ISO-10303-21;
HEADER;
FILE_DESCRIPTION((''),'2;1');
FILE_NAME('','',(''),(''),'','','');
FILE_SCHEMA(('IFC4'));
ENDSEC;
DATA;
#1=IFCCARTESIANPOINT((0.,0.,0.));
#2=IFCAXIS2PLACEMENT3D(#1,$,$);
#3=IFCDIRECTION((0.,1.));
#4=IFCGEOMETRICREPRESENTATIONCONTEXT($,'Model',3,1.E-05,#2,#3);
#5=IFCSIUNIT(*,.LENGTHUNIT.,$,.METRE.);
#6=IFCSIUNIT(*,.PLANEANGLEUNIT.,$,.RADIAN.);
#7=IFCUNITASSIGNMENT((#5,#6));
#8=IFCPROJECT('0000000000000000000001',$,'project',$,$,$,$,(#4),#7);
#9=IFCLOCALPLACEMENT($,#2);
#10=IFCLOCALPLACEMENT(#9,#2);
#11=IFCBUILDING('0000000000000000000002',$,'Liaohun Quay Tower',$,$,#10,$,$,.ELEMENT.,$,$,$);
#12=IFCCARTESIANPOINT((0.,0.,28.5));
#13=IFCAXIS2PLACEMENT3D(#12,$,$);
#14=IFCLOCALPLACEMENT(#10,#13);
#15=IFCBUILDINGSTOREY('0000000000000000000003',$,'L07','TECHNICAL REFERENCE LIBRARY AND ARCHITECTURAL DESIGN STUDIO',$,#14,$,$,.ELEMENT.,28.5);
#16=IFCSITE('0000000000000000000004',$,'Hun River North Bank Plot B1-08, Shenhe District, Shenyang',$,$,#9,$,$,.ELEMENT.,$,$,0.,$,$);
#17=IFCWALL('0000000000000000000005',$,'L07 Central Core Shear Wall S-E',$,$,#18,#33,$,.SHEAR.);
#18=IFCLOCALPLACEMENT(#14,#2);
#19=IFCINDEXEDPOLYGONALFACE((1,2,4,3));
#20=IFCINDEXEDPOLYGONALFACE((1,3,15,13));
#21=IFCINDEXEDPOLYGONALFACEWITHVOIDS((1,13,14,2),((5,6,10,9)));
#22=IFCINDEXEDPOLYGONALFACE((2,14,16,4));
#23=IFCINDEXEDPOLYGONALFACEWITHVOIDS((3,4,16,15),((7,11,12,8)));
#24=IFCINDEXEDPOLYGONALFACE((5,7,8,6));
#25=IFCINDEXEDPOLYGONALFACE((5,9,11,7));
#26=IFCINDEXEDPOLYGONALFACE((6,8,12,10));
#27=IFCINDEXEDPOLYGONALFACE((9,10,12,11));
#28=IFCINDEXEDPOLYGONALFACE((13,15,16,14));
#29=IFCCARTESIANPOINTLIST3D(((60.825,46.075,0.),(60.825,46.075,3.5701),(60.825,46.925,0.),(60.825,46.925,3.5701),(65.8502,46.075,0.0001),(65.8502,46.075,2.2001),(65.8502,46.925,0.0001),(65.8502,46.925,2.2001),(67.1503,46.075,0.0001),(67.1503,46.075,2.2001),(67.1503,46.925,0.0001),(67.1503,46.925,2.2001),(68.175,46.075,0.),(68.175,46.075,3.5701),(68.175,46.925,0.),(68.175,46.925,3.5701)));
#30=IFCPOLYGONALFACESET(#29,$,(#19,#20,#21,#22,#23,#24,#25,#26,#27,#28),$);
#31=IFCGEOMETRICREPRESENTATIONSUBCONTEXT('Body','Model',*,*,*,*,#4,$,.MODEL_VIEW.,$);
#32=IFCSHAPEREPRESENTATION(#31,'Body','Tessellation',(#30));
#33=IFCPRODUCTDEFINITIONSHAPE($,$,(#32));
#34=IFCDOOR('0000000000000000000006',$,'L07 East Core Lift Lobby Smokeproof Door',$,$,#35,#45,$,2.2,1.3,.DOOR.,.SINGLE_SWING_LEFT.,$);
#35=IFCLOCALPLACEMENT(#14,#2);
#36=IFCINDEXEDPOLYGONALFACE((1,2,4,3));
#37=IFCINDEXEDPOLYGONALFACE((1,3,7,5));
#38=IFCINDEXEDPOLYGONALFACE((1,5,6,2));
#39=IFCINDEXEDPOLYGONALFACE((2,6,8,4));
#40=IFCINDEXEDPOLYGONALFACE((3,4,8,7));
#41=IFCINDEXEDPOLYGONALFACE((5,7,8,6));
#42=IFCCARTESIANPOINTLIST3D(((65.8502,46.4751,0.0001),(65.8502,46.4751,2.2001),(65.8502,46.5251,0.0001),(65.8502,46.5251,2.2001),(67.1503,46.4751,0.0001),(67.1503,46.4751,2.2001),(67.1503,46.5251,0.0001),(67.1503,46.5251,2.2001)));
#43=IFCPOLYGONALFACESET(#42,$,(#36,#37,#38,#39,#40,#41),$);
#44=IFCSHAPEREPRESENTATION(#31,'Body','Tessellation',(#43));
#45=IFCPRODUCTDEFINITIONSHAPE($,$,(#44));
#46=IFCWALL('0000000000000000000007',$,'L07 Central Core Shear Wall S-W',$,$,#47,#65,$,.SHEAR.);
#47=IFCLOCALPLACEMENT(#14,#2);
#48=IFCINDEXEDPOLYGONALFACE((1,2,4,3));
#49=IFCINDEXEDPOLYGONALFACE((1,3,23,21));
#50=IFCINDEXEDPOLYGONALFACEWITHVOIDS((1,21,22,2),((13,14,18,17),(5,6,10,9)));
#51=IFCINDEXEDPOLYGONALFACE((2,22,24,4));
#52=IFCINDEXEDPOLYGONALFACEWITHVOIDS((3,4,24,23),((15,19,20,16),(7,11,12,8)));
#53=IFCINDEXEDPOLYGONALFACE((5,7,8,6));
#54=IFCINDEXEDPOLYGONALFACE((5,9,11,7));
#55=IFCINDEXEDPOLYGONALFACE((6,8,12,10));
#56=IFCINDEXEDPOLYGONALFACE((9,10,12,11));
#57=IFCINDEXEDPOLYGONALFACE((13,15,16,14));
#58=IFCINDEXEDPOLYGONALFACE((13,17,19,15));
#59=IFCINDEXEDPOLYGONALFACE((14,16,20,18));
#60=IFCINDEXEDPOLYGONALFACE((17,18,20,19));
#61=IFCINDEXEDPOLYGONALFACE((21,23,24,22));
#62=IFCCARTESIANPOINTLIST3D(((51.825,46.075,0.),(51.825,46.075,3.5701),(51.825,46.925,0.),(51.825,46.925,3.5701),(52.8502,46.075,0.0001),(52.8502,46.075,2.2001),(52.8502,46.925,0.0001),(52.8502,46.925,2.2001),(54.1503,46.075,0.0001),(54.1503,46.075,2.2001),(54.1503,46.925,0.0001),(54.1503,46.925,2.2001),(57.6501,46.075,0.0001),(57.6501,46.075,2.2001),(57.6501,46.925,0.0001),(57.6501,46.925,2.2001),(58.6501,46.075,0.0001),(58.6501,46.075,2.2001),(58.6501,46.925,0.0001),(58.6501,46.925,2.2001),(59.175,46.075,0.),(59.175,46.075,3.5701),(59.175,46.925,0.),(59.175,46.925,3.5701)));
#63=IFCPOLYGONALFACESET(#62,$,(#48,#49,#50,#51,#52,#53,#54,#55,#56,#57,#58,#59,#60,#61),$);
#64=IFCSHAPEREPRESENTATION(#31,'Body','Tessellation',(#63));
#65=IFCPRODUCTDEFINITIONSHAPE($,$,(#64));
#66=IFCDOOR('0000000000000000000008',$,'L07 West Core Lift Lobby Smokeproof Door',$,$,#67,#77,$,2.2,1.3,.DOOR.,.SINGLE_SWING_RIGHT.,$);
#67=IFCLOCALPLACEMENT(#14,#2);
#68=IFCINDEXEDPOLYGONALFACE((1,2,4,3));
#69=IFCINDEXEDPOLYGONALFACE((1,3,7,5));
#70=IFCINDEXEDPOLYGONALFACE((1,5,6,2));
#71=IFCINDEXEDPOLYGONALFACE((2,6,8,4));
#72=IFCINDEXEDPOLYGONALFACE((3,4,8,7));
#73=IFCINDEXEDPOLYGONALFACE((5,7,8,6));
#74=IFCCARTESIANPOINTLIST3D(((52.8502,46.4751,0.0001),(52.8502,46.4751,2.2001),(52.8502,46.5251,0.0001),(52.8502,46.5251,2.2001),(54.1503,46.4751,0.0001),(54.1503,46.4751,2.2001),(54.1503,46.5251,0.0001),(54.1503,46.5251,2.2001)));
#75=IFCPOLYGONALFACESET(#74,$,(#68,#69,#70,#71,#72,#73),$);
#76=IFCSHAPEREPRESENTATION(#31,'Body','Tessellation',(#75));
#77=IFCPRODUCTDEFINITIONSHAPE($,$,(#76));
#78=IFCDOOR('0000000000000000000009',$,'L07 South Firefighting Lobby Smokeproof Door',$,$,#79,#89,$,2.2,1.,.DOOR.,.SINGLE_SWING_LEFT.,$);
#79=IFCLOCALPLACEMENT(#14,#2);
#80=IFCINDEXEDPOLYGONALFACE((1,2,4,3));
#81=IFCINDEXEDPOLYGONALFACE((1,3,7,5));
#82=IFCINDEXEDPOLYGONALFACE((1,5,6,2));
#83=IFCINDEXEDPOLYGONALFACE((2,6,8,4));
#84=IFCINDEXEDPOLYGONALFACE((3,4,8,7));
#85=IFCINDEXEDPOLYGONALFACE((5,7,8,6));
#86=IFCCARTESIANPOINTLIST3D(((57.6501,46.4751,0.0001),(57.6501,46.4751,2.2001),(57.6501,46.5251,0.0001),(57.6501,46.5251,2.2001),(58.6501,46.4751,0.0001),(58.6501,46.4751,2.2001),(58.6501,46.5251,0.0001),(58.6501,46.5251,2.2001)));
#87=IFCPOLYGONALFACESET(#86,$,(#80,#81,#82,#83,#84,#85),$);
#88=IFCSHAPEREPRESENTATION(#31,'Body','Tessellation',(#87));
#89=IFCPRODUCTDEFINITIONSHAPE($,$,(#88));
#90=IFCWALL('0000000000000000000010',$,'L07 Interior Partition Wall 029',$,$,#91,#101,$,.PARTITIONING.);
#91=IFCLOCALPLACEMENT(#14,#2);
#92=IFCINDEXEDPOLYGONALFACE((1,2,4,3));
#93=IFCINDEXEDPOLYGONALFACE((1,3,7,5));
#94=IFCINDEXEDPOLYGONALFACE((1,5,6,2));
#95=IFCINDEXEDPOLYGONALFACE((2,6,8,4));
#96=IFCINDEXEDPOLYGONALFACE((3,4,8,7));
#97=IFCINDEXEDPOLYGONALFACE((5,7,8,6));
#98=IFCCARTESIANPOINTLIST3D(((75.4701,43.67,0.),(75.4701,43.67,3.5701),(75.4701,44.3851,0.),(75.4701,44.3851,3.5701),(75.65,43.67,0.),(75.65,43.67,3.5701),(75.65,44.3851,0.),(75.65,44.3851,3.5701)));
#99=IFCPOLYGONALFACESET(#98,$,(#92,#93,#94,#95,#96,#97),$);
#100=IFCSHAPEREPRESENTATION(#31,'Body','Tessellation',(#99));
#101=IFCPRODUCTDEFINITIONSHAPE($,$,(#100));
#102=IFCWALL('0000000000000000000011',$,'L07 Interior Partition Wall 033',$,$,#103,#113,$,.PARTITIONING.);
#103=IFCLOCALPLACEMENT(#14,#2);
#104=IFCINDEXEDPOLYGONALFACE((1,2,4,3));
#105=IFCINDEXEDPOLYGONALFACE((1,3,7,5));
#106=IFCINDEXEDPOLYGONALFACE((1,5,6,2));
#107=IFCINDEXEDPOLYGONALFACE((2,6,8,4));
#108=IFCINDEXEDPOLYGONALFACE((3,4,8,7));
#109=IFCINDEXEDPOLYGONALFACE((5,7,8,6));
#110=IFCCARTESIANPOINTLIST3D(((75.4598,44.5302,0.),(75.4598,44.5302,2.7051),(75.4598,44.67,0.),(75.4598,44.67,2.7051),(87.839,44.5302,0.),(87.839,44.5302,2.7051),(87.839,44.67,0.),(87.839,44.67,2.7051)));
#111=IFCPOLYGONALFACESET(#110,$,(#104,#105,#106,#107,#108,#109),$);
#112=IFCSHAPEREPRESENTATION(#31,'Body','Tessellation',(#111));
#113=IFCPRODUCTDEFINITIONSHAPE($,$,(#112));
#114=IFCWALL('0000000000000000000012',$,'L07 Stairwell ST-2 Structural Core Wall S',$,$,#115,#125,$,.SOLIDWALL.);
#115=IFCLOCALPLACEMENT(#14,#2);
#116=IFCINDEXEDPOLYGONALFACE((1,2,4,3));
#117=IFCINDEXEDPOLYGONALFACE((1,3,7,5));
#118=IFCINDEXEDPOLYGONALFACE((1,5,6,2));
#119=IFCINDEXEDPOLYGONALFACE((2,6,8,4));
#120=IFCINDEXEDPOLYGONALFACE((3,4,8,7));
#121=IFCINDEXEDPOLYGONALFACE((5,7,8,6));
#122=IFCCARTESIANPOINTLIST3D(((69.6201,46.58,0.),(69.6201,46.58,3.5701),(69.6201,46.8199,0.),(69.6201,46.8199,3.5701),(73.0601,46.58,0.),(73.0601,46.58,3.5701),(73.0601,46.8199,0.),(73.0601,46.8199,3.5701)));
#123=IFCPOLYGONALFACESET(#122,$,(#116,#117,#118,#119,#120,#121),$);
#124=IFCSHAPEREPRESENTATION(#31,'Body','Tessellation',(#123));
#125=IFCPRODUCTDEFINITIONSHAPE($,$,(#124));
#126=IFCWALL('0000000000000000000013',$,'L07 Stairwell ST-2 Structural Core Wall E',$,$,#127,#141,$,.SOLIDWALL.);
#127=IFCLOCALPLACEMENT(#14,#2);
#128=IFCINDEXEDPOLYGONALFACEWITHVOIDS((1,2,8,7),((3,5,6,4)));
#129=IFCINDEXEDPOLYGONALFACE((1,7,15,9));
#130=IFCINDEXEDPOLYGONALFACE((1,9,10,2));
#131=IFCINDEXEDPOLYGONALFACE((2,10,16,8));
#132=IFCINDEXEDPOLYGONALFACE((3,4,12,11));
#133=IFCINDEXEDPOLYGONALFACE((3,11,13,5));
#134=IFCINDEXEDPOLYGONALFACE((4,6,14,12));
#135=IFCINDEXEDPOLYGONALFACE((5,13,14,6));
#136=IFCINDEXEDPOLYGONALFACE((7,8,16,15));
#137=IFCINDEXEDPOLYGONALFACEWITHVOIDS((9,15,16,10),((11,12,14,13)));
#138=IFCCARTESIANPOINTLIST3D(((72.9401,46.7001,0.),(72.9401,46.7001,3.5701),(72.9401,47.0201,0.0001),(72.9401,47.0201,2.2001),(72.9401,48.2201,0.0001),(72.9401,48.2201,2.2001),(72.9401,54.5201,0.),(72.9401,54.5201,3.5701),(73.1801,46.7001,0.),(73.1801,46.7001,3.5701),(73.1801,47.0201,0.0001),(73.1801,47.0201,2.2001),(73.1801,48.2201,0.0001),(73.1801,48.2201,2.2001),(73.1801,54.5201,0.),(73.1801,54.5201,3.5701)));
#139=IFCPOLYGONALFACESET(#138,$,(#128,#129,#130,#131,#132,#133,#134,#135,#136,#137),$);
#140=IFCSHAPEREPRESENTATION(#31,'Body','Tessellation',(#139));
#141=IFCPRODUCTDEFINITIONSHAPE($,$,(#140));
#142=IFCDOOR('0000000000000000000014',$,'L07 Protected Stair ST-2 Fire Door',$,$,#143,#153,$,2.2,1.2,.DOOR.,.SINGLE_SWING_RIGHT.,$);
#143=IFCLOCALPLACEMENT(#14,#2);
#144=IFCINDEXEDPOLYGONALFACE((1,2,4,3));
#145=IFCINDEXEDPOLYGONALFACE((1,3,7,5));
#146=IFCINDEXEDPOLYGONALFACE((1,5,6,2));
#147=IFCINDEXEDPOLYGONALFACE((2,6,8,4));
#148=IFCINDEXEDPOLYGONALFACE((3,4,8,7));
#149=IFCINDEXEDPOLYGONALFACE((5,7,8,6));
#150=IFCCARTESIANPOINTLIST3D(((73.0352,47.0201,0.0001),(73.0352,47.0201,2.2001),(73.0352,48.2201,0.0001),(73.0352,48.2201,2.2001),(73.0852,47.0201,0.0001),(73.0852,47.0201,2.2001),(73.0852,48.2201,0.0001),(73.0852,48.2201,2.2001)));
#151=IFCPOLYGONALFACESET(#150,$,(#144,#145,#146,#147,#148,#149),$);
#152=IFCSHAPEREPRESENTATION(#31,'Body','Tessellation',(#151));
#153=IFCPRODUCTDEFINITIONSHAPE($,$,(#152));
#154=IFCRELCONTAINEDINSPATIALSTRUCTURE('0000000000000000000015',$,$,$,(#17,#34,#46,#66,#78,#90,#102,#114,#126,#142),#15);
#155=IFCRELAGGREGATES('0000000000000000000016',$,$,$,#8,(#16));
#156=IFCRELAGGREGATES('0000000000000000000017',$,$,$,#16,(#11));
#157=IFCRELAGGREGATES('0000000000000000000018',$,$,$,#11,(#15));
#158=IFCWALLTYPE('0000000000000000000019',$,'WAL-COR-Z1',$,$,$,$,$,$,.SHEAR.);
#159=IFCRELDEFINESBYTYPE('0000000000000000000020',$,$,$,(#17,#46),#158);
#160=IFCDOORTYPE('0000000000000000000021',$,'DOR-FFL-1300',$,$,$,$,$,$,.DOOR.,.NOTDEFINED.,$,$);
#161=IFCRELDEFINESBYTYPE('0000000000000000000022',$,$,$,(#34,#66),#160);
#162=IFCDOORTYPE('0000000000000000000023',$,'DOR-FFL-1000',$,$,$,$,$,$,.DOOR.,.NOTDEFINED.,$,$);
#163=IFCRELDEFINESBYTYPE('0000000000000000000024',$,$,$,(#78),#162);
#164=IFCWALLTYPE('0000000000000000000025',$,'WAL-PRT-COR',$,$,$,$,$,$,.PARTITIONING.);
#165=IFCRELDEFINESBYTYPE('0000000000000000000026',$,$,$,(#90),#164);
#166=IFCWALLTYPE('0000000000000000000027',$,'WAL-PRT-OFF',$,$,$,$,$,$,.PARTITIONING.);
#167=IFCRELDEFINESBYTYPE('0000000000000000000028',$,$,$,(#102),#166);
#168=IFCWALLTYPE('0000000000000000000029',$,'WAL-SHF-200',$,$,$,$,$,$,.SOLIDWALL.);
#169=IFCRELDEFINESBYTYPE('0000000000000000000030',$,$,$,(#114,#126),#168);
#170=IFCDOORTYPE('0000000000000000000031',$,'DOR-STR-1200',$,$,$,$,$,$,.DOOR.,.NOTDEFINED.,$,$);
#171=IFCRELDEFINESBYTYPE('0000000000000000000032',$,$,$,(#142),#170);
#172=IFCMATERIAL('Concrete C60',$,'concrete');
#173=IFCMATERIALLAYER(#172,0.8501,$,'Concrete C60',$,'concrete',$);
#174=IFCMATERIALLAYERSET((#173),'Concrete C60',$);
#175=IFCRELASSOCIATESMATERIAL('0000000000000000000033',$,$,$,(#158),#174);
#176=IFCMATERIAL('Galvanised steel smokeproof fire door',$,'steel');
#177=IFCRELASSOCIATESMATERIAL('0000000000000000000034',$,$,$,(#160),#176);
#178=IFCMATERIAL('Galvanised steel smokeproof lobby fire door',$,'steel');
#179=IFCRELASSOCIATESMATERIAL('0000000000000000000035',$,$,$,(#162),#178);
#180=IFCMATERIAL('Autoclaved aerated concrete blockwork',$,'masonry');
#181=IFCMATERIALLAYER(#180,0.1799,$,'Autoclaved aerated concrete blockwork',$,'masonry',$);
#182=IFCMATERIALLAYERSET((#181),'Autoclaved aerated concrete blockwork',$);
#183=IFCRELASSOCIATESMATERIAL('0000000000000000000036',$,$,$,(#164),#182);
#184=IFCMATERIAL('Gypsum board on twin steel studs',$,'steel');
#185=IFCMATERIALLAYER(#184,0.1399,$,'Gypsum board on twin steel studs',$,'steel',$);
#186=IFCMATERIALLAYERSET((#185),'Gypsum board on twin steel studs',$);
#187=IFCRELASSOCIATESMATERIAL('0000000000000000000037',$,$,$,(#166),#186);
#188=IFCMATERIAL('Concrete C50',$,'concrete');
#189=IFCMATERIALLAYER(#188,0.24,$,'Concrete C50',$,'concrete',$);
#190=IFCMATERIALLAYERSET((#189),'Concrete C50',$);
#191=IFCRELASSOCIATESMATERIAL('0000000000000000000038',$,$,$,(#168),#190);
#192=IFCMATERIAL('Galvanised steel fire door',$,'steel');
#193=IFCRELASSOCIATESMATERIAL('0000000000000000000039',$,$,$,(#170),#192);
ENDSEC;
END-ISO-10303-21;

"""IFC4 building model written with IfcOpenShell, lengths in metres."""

from ifc_helpers import new_model, si_unit, direction, frame, frame_2d, origin, place, context, subcontext, project, spatial, rectangle, extrude, source, transform, mapped, material, layer, layer_set, type_object, element, fill, save


model = new_model("IFC4")

# Units and contexts
model_context = context("Model", 3, precision=1e-05, world=origin(), true_north=direction((0.0, 1.0)))
body_context = subcontext(model_context, "Body", "Model", "MODEL_VIEW")
ifc_project = project(units=[si_unit("LENGTHUNIT", "METRE"), si_unit("PLANEANGLEUNIT", "RADIAN")], contexts=[model_context])

# Site, building, storey
site_placement = place(None, origin())
site = spatial("IfcSite", under=ifc_project, at=site_placement, Name="Hun River North Bank Plot B1-08, Shenhe District, Shenyang", CompositionType="ELEMENT", RefElevation=0.0)
building_placement = place(site_placement, origin())
building = spatial("IfcBuilding", under=site, at=building_placement, Name="Liaohun Quay Tower", CompositionType="ELEMENT")
storey_placement = place(building_placement, frame((0.0, 0.0, 28.5)))
storey = spatial("IfcBuildingStorey", under=building, at=storey_placement, Name="L07", Description="TECHNICAL REFERENCE LIBRARY AND ARCHITECTURAL DESIGN STUDIO", CompositionType="ELEMENT", Elevation=28.5)

# Shared definitions
ifc_material_1 = material(Name="Concrete C60", Category="concrete")

# Wall, opening, door
ifc_layer_1 = layer(ifc_material_1, 0.8501, Name="Concrete C60", Category="concrete")
ifc_layer_set_1 = layer_set([ifc_layer_1], Name="Concrete C60")
wall_type_1 = type_object("IfcWallType", Name="WAL-COR-Z1", PredefinedType="SHEAR", material=ifc_layer_set_1)
wall_1_placement = place(storey_placement, frame((68.175, 46.5, 0.0), z_axis=(0.0, 0.0, 1.0), x_axis=(-1.0, 0.0, 0.0)))
wall_1 = element("IfcWall", 1, at=wall_1_placement, inside=storey, type_object=wall_type_1, Name="L07 Central Core Shear Wall S-E", PredefinedType="SHEAR", context=body_context, shape_type="SweptSolid", body=[
    extrude(rectangle(XDim=7.3501, YDim=0.8501, at=frame_2d((3.675, 0.0))), origin(), (0.0, 0.0, 1.0), 3.5701),
])
shared_shape_1 = source(origin(), body_context, "Body", "SweptSolid", [
    extrude(rectangle(XDim=1.3, YDim=2.2, at=frame_2d((0.6499, 1.1001))), frame((0.0, 0.4351, 0.0), z_axis=(0.0, -1.0, 0.0), x_axis=(1.0, 0.0, 0.0)), (0.0, 0.0, 1.0), 0.8701),
])
opening_1_placement = place(wall_1_placement, frame((1.0249, 0.0, 0.0)))
opening_1 = element("IfcOpeningElement", 2, at=opening_1_placement, cuts=wall_1, PredefinedType="OPENING", context=body_context, shape_type="MappedRepresentation", body=[
    mapped(shared_shape_1, transform((0.0, 0.0, 0.0), x_axis=(1.0, 0.0, 0.0), y_axis=(0.0, 1.0, 0.0), z_axis=(0.0, 0.0, 1.0), scale=1.0)),
])
ifc_material_2 = material(Name="Galvanised steel smokeproof fire door", Category="steel")
door_type_1 = type_object("IfcDoorType", Name="DOR-FFL-1300", OperationType="NOTDEFINED", PredefinedType="DOOR", material=ifc_material_2)
shared_shape_2 = source(origin(), body_context, "Body", "SweptSolid", [
    extrude(rectangle(XDim=1.3, YDim=2.2, at=frame_2d((0.6499, 1.1001))), frame((0.0, 0.0249, 0.0), z_axis=(0.0, -1.0, 0.0), x_axis=(1.0, 0.0, 0.0)), (0.0, 0.0, 1.0), 0.05),
])
door_1_placement = place(opening_1_placement, origin())
door_1 = element("IfcDoor", 3, at=door_1_placement, inside=storey, type_object=door_type_1, Name="L07 East Core Lift Lobby Smokeproof Door", OperationType="SINGLE_SWING_LEFT", OverallHeight=2.2, OverallWidth=1.3, PredefinedType="DOOR", context=body_context, shape_type="MappedRepresentation", body=[
    mapped(shared_shape_2, transform((0.0, 0.0, 0.0), x_axis=(1.0, 0.0, 0.0), y_axis=(0.0, 1.0, 0.0), z_axis=(0.0, 0.0, 1.0), scale=1.0)),
])
fill(opening_1, door_1)

# Wall, openings, doors
wall_2_placement = place(storey_placement, frame((59.175, 46.5, 0.0), z_axis=(0.0, 0.0, 1.0), x_axis=(-1.0, 0.0, 0.0)))
wall_2 = element("IfcWall", 4, at=wall_2_placement, inside=storey, type_object=wall_type_1, Name="L07 Central Core Shear Wall S-W", PredefinedType="SHEAR", context=body_context, shape_type="SweptSolid", body=[
    extrude(rectangle(XDim=7.3501, YDim=0.8501, at=frame_2d((3.675, 0.0))), origin(), (0.0, 0.0, 1.0), 3.5701),
])
opening_2_placement = place(wall_2_placement, frame((5.0249, 0.0, 0.0)))
opening_2 = element("IfcOpeningElement", 5, at=opening_2_placement, cuts=wall_2, PredefinedType="OPENING", context=body_context, shape_type="MappedRepresentation", body=[
    mapped(shared_shape_1, transform((0.0, 0.0, 0.0), x_axis=(1.0, 0.0, 0.0), y_axis=(0.0, 1.0, 0.0), z_axis=(0.0, 0.0, 1.0), scale=1.0)),
])
shared_shape_3 = source(origin(), body_context, "Body", "SweptSolid", [
    extrude(rectangle(XDim=1.0, YDim=2.2, at=frame_2d((0.5, 1.1001))), frame((0.0, 0.4351, 0.0), z_axis=(0.0, -1.0, 0.0), x_axis=(1.0, 0.0, 0.0)), (0.0, 0.0, 1.0), 0.8701),
])
opening_3_placement = place(wall_2_placement, frame((0.5249, 0.0, 0.0)))
opening_3 = element("IfcOpeningElement", 6, at=opening_3_placement, cuts=wall_2, PredefinedType="OPENING", context=body_context, shape_type="MappedRepresentation", body=[
    mapped(shared_shape_3, transform((0.0, 0.0, 0.0), x_axis=(1.0, 0.0, 0.0), y_axis=(0.0, 1.0, 0.0), z_axis=(0.0, 0.0, 1.0), scale=1.0)),
])
door_2_placement = place(opening_2_placement, origin())
door_2 = element("IfcDoor", 7, at=door_2_placement, inside=storey, type_object=door_type_1, Name="L07 West Core Lift Lobby Smokeproof Door", OperationType="SINGLE_SWING_RIGHT", OverallHeight=2.2, OverallWidth=1.3, PredefinedType="DOOR", context=body_context, shape_type="MappedRepresentation", body=[
    mapped(shared_shape_2, transform((0.0, 0.0, 0.0), x_axis=(1.0, 0.0, 0.0), y_axis=(0.0, 1.0, 0.0), z_axis=(0.0, 0.0, 1.0), scale=1.0)),
])
fill(opening_2, door_2)
ifc_material_3 = material(Name="Galvanised steel smokeproof lobby fire door", Category="steel")
door_type_2 = type_object("IfcDoorType", Name="DOR-FFL-1000", OperationType="NOTDEFINED", PredefinedType="DOOR", material=ifc_material_3)
shared_shape_4 = source(origin(), body_context, "Body", "SweptSolid", [
    extrude(rectangle(XDim=1.0, YDim=2.2, at=frame_2d((0.5, 1.1001))), frame((0.0, 0.0249, 0.0), z_axis=(0.0, -1.0, 0.0), x_axis=(1.0, 0.0, 0.0)), (0.0, 0.0, 1.0), 0.05),
])
door_3_placement = place(opening_3_placement, origin())
door_3 = element("IfcDoor", 8, at=door_3_placement, inside=storey, type_object=door_type_2, Name="L07 South Firefighting Lobby Smokeproof Door", OperationType="SINGLE_SWING_LEFT", OverallHeight=2.2, OverallWidth=1.0, PredefinedType="DOOR", context=body_context, shape_type="MappedRepresentation", body=[
    mapped(shared_shape_4, transform((0.0, 0.0, 0.0), x_axis=(1.0, 0.0, 0.0), y_axis=(0.0, 1.0, 0.0), z_axis=(0.0, 0.0, 1.0), scale=1.0)),
])
fill(opening_3, door_3)

# Walls
ifc_material_4 = material(Name="Autoclaved aerated concrete blockwork", Category="masonry")
ifc_layer_2 = layer(ifc_material_4, 0.1799, Name="Autoclaved aerated concrete blockwork", Category="masonry")
ifc_layer_set_2 = layer_set([ifc_layer_2], Name="Autoclaved aerated concrete blockwork")
wall_type_2 = type_object("IfcWallType", Name="WAL-PRT-COR", PredefinedType="PARTITIONING", material=ifc_layer_set_2)
wall_3_placement = place(storey_placement, frame((75.5601, 44.385, 0.0), z_axis=(0.0, 0.0, 1.0), x_axis=(0.0, -1.0, 0.0)))
element("IfcWall", 9, at=wall_3_placement, inside=storey, type_object=wall_type_2, Name="L07 Interior Partition Wall 029", PredefinedType="PARTITIONING", context=body_context, shape_type="SweptSolid", body=[
    extrude(rectangle(XDim=0.7151, YDim=0.1799, at=frame_2d((0.3574, 0.0))), origin(), (0.0, 0.0, 1.0), 3.5701),
])
ifc_material_5 = material(Name="Gypsum board on twin steel studs", Category="steel")
ifc_layer_3 = layer(ifc_material_5, 0.1399, Name="Gypsum board on twin steel studs", Category="steel")
ifc_layer_set_3 = layer_set([ifc_layer_3], Name="Gypsum board on twin steel studs")
wall_type_3 = type_object("IfcWallType", Name="WAL-PRT-OFF", PredefinedType="PARTITIONING", material=ifc_layer_set_3)
wall_4_placement = place(storey_placement, frame((75.46, 44.6001, 0.0), z_axis=(0.0, 0.0, 1.0), x_axis=(1.0, 0.0, 0.0)))
element("IfcWall", 10, at=wall_4_placement, inside=storey, type_object=wall_type_3, Name="L07 Interior Partition Wall 033", PredefinedType="PARTITIONING", context=body_context, shape_type="SweptSolid", body=[
    extrude(rectangle(XDim=12.3792, YDim=0.1399, at=frame_2d((6.1895, 0.0))), origin(), (0.0, 0.0, 1.0), 2.7051),
])
ifc_material_6 = material(Name="Concrete C50", Category="concrete")
ifc_layer_4 = layer(ifc_material_6, 0.24, Name="Concrete C50", Category="concrete")
ifc_layer_set_4 = layer_set([ifc_layer_4], Name="Concrete C50")
wall_type_4 = type_object("IfcWallType", Name="WAL-SHF-200", PredefinedType="SOLIDWALL", material=ifc_layer_set_4)
wall_5_placement = place(storey_placement, frame((69.6201, 46.7, 0.0), z_axis=(0.0, 0.0, 1.0), x_axis=(1.0, 0.0, 0.0)))
element("IfcWall", 11, at=wall_5_placement, inside=storey, type_object=wall_type_4, Name="L07 Stairwell ST-2 Structural Core Wall S", PredefinedType="SOLIDWALL", context=body_context, shape_type="SweptSolid", body=[
    extrude(rectangle(XDim=3.4399, YDim=0.24, at=frame_2d((1.72, 0.0))), origin(), (0.0, 0.0, 1.0), 3.5701),
])

# Wall, opening, door
wall_6_placement = place(storey_placement, frame((73.0601, 46.7, 0.0), z_axis=(0.0, 0.0, 1.0), x_axis=(0.0, 1.0, 0.0)))
wall_6 = element("IfcWall", 12, at=wall_6_placement, inside=storey, type_object=wall_type_4, Name="L07 Stairwell ST-2 Structural Core Wall E", PredefinedType="SOLIDWALL", context=body_context, shape_type="SweptSolid", body=[
    extrude(rectangle(XDim=7.8201, YDim=0.24, at=frame_2d((3.9102, 0.0))), origin(), (0.0, 0.0, 1.0), 3.5701),
])
shared_shape_5 = source(origin(), body_context, "Body", "SweptSolid", [
    extrude(rectangle(XDim=1.2, YDim=2.2, at=frame_2d((0.6001, 1.1001))), frame((0.0, 0.1299, 0.0), z_axis=(0.0, -1.0, 0.0), x_axis=(1.0, 0.0, 0.0)), (0.0, 0.0, 1.0), 0.26),
])
opening_4_placement = place(wall_6_placement, frame((0.3201, 0.0, 0.0)))
opening_4 = element("IfcOpeningElement", 13, at=opening_4_placement, cuts=wall_6, PredefinedType="OPENING", context=body_context, shape_type="MappedRepresentation", body=[
    mapped(shared_shape_5, transform((0.0, 0.0, 0.0), x_axis=(1.0, 0.0, 0.0), y_axis=(0.0, 1.0, 0.0), z_axis=(0.0, 0.0, 1.0), scale=1.0)),
])
ifc_material_7 = material(Name="Galvanised steel fire door", Category="steel")
door_type_3 = type_object("IfcDoorType", Name="DOR-STR-1200", OperationType="NOTDEFINED", PredefinedType="DOOR", material=ifc_material_7)
shared_shape_6 = source(origin(), body_context, "Body", "SweptSolid", [
    extrude(rectangle(XDim=1.2, YDim=2.2, at=frame_2d((0.6001, 1.1001))), frame((0.0, 0.0249, 0.0), z_axis=(0.0, -1.0, 0.0), x_axis=(1.0, 0.0, 0.0)), (0.0, 0.0, 1.0), 0.05),
])
door_4_placement = place(opening_4_placement, origin())
door_4 = element("IfcDoor", 14, at=door_4_placement, inside=storey, type_object=door_type_3, Name="L07 Protected Stair ST-2 Fire Door", OperationType="SINGLE_SWING_RIGHT", OverallHeight=2.2, OverallWidth=1.2, PredefinedType="DOOR", context=body_context, shape_type="MappedRepresentation", body=[
    mapped(shared_shape_6, transform((0.0, 0.0, 0.0), x_axis=(1.0, 0.0, 0.0), y_axis=(0.0, 1.0, 0.0), z_axis=(0.0, 0.0, 1.0), scale=1.0)),
])
fill(opening_4, door_4)

save(model, "model.ifc")
